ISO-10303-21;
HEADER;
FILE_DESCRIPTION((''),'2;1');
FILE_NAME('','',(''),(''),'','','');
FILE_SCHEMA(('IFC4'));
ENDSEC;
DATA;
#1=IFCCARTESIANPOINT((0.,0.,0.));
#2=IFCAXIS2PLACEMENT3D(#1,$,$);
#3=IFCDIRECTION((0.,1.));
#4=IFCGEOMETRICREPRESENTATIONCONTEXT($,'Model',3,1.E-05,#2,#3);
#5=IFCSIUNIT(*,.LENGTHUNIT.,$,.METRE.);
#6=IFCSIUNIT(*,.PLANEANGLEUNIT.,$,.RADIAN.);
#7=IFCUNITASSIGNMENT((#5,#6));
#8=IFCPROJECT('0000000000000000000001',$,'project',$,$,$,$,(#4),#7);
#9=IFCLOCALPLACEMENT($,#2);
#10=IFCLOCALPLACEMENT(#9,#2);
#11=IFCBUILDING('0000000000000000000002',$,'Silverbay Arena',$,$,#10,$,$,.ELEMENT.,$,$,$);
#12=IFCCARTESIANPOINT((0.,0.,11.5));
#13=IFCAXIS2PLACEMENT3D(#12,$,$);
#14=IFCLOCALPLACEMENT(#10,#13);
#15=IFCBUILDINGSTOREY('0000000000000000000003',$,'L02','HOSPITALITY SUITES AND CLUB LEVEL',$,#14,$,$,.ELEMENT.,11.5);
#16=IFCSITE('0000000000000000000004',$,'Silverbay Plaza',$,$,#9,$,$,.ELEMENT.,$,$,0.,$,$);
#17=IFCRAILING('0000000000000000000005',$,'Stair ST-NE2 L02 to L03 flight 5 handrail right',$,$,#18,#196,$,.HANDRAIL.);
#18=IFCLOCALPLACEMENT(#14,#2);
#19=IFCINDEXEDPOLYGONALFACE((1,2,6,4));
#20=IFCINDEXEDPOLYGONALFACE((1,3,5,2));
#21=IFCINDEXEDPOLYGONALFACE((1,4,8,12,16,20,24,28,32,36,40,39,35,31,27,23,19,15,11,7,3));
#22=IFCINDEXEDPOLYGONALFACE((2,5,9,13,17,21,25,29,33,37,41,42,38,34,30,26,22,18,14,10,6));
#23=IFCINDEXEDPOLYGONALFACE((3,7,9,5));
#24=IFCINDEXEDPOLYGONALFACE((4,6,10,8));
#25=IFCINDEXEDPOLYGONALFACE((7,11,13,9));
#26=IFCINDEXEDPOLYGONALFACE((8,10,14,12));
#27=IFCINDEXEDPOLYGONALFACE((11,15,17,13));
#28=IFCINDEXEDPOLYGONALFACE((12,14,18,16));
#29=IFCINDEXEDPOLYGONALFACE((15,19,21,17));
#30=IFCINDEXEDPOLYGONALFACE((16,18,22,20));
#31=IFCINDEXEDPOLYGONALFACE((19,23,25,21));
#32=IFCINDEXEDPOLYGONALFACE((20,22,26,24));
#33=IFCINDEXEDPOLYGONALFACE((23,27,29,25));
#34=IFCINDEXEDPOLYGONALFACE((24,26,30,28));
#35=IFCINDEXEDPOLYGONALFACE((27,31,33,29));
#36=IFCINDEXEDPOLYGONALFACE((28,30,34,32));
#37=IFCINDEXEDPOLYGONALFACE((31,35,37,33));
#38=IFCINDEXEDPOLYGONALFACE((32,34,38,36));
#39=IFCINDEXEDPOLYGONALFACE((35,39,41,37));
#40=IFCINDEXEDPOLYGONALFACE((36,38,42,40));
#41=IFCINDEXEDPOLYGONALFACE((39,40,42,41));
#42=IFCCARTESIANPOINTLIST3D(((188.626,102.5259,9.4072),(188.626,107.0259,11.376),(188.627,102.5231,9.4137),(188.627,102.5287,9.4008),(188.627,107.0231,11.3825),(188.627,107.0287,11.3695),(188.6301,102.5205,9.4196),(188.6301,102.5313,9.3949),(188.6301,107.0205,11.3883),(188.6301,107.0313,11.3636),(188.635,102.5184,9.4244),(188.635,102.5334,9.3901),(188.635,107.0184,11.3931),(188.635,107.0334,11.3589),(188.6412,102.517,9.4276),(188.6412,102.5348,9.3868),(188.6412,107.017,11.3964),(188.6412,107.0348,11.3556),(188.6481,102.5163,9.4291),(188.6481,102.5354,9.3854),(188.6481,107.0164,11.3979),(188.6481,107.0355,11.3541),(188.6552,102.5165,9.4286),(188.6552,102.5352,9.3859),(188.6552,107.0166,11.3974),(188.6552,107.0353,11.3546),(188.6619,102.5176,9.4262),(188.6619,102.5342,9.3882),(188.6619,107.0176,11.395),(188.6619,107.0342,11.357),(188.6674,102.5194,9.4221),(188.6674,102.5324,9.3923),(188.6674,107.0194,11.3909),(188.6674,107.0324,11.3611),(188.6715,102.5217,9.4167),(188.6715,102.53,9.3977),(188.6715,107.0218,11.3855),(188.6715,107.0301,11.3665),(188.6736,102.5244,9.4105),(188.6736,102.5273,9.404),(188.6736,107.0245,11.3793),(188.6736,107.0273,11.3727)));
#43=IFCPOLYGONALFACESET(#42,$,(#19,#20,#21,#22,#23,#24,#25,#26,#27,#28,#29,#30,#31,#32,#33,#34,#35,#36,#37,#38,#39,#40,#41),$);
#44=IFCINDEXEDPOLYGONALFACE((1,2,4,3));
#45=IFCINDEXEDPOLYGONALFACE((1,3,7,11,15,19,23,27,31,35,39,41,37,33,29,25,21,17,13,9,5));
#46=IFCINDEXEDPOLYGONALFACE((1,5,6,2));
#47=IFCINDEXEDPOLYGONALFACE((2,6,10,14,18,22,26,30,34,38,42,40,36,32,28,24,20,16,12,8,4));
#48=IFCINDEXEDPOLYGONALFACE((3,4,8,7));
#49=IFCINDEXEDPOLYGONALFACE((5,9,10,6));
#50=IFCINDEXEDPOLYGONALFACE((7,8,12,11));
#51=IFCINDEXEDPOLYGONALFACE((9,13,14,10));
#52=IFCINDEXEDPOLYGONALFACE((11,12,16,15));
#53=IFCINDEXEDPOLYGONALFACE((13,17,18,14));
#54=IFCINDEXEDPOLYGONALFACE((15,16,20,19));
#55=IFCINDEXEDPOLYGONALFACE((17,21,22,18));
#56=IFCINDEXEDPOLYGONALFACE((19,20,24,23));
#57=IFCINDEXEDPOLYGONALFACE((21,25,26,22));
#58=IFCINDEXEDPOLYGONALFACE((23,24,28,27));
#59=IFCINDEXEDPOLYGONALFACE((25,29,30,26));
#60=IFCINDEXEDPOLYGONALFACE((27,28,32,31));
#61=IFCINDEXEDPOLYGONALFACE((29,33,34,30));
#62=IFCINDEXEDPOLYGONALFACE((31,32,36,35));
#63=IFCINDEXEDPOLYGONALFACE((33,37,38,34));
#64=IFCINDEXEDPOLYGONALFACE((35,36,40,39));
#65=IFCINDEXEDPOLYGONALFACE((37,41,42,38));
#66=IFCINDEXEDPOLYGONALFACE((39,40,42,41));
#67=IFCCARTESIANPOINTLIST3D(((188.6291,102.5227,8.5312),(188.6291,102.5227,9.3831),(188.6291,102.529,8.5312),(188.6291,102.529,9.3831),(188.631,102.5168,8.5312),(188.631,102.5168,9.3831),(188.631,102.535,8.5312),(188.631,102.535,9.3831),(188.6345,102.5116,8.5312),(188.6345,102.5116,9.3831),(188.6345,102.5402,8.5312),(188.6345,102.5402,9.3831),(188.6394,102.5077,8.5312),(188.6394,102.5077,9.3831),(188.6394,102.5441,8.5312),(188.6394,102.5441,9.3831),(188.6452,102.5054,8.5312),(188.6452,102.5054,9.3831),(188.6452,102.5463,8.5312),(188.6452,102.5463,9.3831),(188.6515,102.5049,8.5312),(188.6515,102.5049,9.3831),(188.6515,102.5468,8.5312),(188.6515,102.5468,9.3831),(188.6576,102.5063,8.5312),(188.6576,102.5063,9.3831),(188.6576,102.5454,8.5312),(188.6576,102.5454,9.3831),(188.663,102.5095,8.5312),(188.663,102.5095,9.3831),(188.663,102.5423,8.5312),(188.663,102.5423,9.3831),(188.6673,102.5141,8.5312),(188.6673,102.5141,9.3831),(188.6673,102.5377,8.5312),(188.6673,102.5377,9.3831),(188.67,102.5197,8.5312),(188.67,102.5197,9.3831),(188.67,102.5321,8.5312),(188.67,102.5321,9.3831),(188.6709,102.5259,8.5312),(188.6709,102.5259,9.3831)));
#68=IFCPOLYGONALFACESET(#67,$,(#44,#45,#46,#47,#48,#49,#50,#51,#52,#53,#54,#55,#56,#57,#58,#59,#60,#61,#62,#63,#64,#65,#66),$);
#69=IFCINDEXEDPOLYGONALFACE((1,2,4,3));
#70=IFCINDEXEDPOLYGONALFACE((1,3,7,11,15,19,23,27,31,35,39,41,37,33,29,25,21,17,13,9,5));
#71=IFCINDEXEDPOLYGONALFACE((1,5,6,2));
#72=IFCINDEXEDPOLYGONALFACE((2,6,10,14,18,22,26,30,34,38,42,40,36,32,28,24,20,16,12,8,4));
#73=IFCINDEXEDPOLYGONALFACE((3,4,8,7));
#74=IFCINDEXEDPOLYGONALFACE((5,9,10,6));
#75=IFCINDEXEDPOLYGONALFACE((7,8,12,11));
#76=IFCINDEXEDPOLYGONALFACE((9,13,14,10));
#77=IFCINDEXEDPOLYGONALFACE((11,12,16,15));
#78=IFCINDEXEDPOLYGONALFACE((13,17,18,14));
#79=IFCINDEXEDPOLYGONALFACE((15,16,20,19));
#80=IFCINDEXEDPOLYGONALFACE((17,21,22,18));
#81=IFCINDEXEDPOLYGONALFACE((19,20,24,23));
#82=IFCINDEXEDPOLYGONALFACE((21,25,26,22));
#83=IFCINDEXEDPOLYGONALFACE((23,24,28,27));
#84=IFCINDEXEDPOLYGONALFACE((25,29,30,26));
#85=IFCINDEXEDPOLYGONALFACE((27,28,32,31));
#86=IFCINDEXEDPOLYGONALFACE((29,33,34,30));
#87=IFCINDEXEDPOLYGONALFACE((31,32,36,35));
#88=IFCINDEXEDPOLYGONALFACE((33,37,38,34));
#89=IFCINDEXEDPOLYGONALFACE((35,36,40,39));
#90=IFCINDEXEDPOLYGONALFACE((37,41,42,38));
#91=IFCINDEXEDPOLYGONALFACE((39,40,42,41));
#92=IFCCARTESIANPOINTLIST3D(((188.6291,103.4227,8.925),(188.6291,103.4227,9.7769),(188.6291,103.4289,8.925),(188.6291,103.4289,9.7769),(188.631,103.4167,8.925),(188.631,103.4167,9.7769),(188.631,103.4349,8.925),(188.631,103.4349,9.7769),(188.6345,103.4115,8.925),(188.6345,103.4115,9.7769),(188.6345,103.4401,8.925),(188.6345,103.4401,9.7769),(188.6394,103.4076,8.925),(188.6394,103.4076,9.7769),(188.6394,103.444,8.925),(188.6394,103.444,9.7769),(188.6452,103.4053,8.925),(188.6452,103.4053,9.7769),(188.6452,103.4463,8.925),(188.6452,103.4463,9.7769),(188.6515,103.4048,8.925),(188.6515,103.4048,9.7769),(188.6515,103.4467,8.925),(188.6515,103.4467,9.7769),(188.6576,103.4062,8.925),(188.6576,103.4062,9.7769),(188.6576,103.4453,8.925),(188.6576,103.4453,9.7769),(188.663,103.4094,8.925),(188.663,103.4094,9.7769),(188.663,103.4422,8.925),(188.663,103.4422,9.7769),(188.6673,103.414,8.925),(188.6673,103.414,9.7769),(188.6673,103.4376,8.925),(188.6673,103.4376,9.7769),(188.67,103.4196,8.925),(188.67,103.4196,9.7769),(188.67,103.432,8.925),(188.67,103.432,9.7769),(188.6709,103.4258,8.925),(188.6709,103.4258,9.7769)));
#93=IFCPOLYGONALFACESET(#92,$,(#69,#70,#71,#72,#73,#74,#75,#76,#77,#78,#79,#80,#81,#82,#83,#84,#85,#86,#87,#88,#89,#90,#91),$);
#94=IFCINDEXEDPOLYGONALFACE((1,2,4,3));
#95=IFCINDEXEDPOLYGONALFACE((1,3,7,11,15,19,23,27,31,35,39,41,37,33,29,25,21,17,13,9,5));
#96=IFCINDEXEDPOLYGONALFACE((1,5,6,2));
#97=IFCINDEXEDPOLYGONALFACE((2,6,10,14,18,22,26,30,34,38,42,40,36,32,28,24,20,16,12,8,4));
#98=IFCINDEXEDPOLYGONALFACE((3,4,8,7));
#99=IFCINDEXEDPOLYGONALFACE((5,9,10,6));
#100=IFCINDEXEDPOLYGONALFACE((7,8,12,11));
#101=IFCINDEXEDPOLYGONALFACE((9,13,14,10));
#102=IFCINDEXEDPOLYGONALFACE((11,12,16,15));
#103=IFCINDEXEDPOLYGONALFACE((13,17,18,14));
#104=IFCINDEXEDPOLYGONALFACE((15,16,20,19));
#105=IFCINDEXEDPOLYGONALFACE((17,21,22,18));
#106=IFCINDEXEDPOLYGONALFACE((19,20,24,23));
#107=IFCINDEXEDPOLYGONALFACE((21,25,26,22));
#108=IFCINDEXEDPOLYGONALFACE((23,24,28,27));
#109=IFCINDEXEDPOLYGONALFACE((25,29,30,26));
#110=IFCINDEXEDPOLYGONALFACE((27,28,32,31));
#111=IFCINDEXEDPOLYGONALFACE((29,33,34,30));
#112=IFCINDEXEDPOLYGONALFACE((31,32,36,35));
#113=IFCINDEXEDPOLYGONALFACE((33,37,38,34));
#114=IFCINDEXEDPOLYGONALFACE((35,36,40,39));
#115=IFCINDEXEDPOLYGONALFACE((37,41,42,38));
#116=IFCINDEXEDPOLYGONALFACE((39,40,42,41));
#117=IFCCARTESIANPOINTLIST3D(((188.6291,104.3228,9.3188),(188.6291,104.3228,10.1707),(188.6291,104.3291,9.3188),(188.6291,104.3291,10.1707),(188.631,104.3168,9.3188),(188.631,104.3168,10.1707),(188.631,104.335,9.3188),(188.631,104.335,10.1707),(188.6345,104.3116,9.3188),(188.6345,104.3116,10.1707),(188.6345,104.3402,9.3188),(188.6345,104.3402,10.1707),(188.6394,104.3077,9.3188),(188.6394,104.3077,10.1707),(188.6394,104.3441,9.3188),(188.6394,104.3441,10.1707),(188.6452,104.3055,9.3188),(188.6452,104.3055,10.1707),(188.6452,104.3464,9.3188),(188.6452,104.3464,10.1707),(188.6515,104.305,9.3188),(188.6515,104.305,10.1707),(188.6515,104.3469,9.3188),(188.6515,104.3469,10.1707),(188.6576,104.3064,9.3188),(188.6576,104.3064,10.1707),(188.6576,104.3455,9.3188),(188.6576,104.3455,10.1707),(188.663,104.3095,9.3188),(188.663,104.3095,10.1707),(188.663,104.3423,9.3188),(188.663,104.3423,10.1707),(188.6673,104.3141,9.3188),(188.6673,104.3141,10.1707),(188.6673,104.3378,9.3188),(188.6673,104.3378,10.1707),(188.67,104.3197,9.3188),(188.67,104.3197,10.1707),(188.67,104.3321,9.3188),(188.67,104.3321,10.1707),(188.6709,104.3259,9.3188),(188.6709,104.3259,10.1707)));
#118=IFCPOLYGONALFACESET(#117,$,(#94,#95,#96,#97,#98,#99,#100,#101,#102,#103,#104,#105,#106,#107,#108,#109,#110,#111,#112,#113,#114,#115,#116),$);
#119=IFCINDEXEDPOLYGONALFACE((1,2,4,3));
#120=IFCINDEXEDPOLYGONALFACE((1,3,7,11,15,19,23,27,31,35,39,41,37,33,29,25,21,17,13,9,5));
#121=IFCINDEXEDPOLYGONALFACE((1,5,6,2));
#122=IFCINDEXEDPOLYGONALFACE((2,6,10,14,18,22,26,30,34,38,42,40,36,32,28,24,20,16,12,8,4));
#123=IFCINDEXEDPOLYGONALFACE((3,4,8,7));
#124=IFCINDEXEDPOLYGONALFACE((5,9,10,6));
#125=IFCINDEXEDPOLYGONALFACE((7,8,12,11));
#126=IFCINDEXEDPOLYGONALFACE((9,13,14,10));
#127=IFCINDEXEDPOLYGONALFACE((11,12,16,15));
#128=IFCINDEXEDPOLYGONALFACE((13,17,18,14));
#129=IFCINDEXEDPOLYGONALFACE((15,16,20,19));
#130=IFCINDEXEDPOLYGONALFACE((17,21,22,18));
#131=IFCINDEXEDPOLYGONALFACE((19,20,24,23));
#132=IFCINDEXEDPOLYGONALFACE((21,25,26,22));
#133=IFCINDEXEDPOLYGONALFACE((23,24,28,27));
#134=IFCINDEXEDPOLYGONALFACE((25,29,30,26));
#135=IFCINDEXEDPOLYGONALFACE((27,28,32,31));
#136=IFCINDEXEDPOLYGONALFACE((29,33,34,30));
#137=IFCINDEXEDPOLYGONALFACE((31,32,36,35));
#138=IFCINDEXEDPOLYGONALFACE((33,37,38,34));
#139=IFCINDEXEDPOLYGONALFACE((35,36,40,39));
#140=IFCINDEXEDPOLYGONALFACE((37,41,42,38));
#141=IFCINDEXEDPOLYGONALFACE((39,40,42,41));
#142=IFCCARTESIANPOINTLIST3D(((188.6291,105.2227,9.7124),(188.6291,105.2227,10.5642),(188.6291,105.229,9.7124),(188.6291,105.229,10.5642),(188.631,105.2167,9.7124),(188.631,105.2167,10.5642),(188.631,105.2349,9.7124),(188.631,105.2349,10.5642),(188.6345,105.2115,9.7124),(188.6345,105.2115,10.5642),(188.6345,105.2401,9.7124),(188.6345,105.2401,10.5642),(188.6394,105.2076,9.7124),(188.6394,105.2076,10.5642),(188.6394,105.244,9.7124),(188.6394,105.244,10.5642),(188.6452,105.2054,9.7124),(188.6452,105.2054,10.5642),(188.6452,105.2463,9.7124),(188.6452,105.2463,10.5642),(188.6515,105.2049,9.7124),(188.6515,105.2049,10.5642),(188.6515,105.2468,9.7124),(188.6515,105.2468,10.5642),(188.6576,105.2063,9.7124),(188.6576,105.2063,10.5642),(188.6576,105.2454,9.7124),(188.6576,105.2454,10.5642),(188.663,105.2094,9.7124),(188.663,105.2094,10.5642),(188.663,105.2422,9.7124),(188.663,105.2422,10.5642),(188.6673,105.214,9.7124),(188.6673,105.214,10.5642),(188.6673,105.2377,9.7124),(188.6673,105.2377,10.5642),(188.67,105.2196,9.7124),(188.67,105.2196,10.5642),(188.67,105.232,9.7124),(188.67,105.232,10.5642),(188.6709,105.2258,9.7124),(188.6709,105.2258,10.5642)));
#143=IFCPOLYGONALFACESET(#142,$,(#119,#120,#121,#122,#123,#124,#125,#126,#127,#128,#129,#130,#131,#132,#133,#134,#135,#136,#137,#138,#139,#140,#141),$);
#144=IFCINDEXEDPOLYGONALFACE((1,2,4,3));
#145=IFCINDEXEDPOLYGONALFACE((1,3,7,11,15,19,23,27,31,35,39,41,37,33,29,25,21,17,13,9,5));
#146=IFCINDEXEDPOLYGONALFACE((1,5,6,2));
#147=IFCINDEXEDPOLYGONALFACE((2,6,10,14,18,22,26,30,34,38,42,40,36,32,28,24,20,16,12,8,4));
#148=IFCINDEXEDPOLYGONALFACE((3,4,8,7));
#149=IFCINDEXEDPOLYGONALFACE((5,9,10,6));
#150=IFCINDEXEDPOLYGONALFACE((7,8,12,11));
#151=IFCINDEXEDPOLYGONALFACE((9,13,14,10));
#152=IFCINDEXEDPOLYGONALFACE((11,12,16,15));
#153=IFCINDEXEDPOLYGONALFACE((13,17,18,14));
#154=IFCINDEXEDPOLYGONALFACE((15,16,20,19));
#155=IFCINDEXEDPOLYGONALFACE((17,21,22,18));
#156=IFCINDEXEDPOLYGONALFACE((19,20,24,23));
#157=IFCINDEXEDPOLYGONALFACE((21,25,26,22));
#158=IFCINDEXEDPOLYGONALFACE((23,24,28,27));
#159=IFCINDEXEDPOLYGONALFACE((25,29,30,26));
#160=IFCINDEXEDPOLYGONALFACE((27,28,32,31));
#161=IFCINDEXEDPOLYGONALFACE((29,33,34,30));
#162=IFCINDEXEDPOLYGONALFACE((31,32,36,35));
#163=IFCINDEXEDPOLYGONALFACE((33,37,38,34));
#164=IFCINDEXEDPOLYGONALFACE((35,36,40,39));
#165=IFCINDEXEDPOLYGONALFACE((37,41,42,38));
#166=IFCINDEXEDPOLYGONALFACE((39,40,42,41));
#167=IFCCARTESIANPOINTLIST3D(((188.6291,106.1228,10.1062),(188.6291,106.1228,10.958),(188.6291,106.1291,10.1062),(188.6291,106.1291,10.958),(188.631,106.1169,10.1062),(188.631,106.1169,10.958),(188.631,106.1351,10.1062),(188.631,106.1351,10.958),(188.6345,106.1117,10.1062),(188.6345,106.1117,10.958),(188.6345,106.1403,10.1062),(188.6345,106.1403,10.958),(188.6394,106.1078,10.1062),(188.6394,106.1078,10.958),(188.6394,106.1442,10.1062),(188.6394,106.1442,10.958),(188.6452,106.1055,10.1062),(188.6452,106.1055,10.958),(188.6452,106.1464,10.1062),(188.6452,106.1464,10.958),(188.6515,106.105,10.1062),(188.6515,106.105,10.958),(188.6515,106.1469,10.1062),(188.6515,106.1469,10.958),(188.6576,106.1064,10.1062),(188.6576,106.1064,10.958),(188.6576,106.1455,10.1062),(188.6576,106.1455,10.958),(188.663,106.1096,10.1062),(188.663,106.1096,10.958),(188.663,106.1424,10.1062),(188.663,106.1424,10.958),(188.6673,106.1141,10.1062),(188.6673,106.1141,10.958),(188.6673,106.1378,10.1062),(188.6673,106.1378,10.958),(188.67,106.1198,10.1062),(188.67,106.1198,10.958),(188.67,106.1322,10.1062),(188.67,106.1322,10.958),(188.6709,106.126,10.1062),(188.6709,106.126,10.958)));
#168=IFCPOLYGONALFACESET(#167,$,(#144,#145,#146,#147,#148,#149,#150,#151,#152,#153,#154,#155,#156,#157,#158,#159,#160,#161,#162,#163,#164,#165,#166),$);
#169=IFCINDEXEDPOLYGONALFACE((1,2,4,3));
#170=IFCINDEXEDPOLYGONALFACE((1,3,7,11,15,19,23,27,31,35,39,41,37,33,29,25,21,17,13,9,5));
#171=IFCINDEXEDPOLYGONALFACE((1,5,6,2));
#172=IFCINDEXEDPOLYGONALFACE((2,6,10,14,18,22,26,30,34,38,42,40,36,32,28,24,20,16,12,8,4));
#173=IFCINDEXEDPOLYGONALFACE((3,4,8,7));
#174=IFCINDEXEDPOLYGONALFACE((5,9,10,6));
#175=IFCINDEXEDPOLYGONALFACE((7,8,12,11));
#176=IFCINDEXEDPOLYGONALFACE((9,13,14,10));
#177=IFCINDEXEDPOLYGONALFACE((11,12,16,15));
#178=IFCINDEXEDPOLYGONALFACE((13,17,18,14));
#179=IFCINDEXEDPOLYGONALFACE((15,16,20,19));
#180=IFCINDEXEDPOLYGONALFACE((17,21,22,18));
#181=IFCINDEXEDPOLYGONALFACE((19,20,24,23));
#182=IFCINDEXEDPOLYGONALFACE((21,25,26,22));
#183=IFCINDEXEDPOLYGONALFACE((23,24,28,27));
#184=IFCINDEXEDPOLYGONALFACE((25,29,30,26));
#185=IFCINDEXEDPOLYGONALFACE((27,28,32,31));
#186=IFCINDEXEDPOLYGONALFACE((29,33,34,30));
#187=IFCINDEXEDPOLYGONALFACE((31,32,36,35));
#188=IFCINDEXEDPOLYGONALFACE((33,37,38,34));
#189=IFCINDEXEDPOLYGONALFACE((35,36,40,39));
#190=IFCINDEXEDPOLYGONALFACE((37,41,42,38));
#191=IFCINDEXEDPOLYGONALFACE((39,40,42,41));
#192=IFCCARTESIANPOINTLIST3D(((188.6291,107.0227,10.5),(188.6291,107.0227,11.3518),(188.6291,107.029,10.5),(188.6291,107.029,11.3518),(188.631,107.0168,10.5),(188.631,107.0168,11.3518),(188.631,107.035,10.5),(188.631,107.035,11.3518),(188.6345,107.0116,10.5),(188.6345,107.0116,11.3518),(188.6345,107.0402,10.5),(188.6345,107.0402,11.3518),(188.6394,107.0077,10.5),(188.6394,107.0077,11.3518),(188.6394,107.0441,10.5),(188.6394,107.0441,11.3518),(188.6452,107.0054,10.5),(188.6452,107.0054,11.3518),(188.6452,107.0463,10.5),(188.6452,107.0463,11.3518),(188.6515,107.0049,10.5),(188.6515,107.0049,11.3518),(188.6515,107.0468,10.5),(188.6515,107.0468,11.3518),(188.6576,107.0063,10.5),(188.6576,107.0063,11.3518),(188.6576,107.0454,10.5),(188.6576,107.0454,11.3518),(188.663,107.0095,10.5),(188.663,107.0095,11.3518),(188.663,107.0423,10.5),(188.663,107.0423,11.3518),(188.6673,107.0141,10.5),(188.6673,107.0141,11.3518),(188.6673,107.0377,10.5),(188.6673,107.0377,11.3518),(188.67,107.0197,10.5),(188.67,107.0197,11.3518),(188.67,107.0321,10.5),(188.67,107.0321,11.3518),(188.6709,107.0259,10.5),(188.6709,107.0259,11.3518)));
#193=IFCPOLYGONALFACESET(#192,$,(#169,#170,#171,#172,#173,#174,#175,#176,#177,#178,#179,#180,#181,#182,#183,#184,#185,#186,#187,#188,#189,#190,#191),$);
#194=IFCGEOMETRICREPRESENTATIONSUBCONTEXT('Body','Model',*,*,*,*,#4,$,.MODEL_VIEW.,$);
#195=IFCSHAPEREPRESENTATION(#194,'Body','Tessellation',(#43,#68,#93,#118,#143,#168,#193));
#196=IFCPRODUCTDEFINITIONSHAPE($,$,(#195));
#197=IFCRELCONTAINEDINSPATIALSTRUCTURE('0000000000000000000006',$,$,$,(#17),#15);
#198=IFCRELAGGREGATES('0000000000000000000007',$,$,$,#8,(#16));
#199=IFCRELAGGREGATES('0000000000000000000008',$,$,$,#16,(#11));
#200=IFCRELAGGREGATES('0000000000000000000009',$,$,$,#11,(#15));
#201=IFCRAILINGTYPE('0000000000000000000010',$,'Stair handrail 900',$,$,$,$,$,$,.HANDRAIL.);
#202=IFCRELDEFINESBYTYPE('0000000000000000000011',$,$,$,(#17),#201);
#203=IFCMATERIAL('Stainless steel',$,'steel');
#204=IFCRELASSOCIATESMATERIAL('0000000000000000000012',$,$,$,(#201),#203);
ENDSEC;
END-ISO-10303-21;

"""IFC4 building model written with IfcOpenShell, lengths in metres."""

from ifc_helpers import new_model, si_unit, direction, frame, origin, origin_2d, place, context, subcontext, project, spatial, circle, extrude, material, type_object, element, save


model = new_model("IFC4")

# Units and contexts
model_context = context("Model", 3, precision=1e-05, world=origin(), true_north=direction((0.0, 1.0)))
body_context = subcontext(model_context, "Body", "Model", "MODEL_VIEW")
ifc_project = project(units=[si_unit("LENGTHUNIT", "METRE"), si_unit("PLANEANGLEUNIT", "RADIAN")], contexts=[model_context])

# Site, building, storey
site_placement = place(None, origin())
site = spatial("IfcSite", under=ifc_project, at=site_placement, Name="Silverbay Plaza", CompositionType="ELEMENT", RefElevation=0.0)
building_placement = place(site_placement, origin())
building = spatial("IfcBuilding", under=site, at=building_placement, Name="Silverbay Arena", CompositionType="ELEMENT")
storey_placement = place(building_placement, frame((0.0, 0.0, 11.5)))
storey = spatial("IfcBuildingStorey", under=building, at=storey_placement, Name="L02", Description="HOSPITALITY SUITES AND CLUB LEVEL", CompositionType="ELEMENT", Elevation=11.5)

# Railing
ifc_material_1 = material(Name="Stainless steel", Category="steel")
railing_type_1 = type_object("IfcRailingType", Name="Stair handrail 900", PredefinedType="HANDRAIL", material=ifc_material_1)
for number, where, name in (
    (1, (188.6499, 102.5259, 8.5312), "Stair ST-NE2 L02 to L03 flight 5 handrail right"),
):
    element("IfcRailing", number, at=place(storey_placement, frame(where)), inside=storey, type_object=railing_type_1, Name=name, PredefinedType="HANDRAIL", context=body_context, shape_type="SweptSolid", body=[
        extrude(circle(Radius=0.0239, at=origin_2d()), frame((0.0, 0.0, 0.876), z_axis=(0.0, 0.916157, 0.400819), x_axis=(-1.0, 0.0, 0.0)), (0.0, 0.0, 1.0), 4.9119),
        extrude(circle(Radius=0.021, at=origin_2d()), origin(), (0.0, 0.0, 1.0), 0.8518),
        extrude(circle(Radius=0.021, at=origin_2d()), frame((0.0, 0.8999, 0.3938)), (0.0, 0.0, 1.0), 0.8518),
        extrude(circle(Radius=0.021, at=origin_2d()), frame((0.0, 1.8, 0.7876)), (0.0, 0.0, 1.0), 0.8518),
        extrude(circle(Radius=0.021, at=origin_2d()), frame((0.0, 2.7, 1.1812)), (0.0, 0.0, 1.0), 0.8518),
        extrude(circle(Radius=0.021, at=origin_2d()), frame((0.0, 3.6001, 1.575)), (0.0, 0.0, 1.0), 0.8518),
        extrude(circle(Radius=0.021, at=origin_2d()), frame((0.0, 4.5, 1.9688)), (0.0, 0.0, 1.0), 0.8518),
    ])

save(model, "model.ifc")
